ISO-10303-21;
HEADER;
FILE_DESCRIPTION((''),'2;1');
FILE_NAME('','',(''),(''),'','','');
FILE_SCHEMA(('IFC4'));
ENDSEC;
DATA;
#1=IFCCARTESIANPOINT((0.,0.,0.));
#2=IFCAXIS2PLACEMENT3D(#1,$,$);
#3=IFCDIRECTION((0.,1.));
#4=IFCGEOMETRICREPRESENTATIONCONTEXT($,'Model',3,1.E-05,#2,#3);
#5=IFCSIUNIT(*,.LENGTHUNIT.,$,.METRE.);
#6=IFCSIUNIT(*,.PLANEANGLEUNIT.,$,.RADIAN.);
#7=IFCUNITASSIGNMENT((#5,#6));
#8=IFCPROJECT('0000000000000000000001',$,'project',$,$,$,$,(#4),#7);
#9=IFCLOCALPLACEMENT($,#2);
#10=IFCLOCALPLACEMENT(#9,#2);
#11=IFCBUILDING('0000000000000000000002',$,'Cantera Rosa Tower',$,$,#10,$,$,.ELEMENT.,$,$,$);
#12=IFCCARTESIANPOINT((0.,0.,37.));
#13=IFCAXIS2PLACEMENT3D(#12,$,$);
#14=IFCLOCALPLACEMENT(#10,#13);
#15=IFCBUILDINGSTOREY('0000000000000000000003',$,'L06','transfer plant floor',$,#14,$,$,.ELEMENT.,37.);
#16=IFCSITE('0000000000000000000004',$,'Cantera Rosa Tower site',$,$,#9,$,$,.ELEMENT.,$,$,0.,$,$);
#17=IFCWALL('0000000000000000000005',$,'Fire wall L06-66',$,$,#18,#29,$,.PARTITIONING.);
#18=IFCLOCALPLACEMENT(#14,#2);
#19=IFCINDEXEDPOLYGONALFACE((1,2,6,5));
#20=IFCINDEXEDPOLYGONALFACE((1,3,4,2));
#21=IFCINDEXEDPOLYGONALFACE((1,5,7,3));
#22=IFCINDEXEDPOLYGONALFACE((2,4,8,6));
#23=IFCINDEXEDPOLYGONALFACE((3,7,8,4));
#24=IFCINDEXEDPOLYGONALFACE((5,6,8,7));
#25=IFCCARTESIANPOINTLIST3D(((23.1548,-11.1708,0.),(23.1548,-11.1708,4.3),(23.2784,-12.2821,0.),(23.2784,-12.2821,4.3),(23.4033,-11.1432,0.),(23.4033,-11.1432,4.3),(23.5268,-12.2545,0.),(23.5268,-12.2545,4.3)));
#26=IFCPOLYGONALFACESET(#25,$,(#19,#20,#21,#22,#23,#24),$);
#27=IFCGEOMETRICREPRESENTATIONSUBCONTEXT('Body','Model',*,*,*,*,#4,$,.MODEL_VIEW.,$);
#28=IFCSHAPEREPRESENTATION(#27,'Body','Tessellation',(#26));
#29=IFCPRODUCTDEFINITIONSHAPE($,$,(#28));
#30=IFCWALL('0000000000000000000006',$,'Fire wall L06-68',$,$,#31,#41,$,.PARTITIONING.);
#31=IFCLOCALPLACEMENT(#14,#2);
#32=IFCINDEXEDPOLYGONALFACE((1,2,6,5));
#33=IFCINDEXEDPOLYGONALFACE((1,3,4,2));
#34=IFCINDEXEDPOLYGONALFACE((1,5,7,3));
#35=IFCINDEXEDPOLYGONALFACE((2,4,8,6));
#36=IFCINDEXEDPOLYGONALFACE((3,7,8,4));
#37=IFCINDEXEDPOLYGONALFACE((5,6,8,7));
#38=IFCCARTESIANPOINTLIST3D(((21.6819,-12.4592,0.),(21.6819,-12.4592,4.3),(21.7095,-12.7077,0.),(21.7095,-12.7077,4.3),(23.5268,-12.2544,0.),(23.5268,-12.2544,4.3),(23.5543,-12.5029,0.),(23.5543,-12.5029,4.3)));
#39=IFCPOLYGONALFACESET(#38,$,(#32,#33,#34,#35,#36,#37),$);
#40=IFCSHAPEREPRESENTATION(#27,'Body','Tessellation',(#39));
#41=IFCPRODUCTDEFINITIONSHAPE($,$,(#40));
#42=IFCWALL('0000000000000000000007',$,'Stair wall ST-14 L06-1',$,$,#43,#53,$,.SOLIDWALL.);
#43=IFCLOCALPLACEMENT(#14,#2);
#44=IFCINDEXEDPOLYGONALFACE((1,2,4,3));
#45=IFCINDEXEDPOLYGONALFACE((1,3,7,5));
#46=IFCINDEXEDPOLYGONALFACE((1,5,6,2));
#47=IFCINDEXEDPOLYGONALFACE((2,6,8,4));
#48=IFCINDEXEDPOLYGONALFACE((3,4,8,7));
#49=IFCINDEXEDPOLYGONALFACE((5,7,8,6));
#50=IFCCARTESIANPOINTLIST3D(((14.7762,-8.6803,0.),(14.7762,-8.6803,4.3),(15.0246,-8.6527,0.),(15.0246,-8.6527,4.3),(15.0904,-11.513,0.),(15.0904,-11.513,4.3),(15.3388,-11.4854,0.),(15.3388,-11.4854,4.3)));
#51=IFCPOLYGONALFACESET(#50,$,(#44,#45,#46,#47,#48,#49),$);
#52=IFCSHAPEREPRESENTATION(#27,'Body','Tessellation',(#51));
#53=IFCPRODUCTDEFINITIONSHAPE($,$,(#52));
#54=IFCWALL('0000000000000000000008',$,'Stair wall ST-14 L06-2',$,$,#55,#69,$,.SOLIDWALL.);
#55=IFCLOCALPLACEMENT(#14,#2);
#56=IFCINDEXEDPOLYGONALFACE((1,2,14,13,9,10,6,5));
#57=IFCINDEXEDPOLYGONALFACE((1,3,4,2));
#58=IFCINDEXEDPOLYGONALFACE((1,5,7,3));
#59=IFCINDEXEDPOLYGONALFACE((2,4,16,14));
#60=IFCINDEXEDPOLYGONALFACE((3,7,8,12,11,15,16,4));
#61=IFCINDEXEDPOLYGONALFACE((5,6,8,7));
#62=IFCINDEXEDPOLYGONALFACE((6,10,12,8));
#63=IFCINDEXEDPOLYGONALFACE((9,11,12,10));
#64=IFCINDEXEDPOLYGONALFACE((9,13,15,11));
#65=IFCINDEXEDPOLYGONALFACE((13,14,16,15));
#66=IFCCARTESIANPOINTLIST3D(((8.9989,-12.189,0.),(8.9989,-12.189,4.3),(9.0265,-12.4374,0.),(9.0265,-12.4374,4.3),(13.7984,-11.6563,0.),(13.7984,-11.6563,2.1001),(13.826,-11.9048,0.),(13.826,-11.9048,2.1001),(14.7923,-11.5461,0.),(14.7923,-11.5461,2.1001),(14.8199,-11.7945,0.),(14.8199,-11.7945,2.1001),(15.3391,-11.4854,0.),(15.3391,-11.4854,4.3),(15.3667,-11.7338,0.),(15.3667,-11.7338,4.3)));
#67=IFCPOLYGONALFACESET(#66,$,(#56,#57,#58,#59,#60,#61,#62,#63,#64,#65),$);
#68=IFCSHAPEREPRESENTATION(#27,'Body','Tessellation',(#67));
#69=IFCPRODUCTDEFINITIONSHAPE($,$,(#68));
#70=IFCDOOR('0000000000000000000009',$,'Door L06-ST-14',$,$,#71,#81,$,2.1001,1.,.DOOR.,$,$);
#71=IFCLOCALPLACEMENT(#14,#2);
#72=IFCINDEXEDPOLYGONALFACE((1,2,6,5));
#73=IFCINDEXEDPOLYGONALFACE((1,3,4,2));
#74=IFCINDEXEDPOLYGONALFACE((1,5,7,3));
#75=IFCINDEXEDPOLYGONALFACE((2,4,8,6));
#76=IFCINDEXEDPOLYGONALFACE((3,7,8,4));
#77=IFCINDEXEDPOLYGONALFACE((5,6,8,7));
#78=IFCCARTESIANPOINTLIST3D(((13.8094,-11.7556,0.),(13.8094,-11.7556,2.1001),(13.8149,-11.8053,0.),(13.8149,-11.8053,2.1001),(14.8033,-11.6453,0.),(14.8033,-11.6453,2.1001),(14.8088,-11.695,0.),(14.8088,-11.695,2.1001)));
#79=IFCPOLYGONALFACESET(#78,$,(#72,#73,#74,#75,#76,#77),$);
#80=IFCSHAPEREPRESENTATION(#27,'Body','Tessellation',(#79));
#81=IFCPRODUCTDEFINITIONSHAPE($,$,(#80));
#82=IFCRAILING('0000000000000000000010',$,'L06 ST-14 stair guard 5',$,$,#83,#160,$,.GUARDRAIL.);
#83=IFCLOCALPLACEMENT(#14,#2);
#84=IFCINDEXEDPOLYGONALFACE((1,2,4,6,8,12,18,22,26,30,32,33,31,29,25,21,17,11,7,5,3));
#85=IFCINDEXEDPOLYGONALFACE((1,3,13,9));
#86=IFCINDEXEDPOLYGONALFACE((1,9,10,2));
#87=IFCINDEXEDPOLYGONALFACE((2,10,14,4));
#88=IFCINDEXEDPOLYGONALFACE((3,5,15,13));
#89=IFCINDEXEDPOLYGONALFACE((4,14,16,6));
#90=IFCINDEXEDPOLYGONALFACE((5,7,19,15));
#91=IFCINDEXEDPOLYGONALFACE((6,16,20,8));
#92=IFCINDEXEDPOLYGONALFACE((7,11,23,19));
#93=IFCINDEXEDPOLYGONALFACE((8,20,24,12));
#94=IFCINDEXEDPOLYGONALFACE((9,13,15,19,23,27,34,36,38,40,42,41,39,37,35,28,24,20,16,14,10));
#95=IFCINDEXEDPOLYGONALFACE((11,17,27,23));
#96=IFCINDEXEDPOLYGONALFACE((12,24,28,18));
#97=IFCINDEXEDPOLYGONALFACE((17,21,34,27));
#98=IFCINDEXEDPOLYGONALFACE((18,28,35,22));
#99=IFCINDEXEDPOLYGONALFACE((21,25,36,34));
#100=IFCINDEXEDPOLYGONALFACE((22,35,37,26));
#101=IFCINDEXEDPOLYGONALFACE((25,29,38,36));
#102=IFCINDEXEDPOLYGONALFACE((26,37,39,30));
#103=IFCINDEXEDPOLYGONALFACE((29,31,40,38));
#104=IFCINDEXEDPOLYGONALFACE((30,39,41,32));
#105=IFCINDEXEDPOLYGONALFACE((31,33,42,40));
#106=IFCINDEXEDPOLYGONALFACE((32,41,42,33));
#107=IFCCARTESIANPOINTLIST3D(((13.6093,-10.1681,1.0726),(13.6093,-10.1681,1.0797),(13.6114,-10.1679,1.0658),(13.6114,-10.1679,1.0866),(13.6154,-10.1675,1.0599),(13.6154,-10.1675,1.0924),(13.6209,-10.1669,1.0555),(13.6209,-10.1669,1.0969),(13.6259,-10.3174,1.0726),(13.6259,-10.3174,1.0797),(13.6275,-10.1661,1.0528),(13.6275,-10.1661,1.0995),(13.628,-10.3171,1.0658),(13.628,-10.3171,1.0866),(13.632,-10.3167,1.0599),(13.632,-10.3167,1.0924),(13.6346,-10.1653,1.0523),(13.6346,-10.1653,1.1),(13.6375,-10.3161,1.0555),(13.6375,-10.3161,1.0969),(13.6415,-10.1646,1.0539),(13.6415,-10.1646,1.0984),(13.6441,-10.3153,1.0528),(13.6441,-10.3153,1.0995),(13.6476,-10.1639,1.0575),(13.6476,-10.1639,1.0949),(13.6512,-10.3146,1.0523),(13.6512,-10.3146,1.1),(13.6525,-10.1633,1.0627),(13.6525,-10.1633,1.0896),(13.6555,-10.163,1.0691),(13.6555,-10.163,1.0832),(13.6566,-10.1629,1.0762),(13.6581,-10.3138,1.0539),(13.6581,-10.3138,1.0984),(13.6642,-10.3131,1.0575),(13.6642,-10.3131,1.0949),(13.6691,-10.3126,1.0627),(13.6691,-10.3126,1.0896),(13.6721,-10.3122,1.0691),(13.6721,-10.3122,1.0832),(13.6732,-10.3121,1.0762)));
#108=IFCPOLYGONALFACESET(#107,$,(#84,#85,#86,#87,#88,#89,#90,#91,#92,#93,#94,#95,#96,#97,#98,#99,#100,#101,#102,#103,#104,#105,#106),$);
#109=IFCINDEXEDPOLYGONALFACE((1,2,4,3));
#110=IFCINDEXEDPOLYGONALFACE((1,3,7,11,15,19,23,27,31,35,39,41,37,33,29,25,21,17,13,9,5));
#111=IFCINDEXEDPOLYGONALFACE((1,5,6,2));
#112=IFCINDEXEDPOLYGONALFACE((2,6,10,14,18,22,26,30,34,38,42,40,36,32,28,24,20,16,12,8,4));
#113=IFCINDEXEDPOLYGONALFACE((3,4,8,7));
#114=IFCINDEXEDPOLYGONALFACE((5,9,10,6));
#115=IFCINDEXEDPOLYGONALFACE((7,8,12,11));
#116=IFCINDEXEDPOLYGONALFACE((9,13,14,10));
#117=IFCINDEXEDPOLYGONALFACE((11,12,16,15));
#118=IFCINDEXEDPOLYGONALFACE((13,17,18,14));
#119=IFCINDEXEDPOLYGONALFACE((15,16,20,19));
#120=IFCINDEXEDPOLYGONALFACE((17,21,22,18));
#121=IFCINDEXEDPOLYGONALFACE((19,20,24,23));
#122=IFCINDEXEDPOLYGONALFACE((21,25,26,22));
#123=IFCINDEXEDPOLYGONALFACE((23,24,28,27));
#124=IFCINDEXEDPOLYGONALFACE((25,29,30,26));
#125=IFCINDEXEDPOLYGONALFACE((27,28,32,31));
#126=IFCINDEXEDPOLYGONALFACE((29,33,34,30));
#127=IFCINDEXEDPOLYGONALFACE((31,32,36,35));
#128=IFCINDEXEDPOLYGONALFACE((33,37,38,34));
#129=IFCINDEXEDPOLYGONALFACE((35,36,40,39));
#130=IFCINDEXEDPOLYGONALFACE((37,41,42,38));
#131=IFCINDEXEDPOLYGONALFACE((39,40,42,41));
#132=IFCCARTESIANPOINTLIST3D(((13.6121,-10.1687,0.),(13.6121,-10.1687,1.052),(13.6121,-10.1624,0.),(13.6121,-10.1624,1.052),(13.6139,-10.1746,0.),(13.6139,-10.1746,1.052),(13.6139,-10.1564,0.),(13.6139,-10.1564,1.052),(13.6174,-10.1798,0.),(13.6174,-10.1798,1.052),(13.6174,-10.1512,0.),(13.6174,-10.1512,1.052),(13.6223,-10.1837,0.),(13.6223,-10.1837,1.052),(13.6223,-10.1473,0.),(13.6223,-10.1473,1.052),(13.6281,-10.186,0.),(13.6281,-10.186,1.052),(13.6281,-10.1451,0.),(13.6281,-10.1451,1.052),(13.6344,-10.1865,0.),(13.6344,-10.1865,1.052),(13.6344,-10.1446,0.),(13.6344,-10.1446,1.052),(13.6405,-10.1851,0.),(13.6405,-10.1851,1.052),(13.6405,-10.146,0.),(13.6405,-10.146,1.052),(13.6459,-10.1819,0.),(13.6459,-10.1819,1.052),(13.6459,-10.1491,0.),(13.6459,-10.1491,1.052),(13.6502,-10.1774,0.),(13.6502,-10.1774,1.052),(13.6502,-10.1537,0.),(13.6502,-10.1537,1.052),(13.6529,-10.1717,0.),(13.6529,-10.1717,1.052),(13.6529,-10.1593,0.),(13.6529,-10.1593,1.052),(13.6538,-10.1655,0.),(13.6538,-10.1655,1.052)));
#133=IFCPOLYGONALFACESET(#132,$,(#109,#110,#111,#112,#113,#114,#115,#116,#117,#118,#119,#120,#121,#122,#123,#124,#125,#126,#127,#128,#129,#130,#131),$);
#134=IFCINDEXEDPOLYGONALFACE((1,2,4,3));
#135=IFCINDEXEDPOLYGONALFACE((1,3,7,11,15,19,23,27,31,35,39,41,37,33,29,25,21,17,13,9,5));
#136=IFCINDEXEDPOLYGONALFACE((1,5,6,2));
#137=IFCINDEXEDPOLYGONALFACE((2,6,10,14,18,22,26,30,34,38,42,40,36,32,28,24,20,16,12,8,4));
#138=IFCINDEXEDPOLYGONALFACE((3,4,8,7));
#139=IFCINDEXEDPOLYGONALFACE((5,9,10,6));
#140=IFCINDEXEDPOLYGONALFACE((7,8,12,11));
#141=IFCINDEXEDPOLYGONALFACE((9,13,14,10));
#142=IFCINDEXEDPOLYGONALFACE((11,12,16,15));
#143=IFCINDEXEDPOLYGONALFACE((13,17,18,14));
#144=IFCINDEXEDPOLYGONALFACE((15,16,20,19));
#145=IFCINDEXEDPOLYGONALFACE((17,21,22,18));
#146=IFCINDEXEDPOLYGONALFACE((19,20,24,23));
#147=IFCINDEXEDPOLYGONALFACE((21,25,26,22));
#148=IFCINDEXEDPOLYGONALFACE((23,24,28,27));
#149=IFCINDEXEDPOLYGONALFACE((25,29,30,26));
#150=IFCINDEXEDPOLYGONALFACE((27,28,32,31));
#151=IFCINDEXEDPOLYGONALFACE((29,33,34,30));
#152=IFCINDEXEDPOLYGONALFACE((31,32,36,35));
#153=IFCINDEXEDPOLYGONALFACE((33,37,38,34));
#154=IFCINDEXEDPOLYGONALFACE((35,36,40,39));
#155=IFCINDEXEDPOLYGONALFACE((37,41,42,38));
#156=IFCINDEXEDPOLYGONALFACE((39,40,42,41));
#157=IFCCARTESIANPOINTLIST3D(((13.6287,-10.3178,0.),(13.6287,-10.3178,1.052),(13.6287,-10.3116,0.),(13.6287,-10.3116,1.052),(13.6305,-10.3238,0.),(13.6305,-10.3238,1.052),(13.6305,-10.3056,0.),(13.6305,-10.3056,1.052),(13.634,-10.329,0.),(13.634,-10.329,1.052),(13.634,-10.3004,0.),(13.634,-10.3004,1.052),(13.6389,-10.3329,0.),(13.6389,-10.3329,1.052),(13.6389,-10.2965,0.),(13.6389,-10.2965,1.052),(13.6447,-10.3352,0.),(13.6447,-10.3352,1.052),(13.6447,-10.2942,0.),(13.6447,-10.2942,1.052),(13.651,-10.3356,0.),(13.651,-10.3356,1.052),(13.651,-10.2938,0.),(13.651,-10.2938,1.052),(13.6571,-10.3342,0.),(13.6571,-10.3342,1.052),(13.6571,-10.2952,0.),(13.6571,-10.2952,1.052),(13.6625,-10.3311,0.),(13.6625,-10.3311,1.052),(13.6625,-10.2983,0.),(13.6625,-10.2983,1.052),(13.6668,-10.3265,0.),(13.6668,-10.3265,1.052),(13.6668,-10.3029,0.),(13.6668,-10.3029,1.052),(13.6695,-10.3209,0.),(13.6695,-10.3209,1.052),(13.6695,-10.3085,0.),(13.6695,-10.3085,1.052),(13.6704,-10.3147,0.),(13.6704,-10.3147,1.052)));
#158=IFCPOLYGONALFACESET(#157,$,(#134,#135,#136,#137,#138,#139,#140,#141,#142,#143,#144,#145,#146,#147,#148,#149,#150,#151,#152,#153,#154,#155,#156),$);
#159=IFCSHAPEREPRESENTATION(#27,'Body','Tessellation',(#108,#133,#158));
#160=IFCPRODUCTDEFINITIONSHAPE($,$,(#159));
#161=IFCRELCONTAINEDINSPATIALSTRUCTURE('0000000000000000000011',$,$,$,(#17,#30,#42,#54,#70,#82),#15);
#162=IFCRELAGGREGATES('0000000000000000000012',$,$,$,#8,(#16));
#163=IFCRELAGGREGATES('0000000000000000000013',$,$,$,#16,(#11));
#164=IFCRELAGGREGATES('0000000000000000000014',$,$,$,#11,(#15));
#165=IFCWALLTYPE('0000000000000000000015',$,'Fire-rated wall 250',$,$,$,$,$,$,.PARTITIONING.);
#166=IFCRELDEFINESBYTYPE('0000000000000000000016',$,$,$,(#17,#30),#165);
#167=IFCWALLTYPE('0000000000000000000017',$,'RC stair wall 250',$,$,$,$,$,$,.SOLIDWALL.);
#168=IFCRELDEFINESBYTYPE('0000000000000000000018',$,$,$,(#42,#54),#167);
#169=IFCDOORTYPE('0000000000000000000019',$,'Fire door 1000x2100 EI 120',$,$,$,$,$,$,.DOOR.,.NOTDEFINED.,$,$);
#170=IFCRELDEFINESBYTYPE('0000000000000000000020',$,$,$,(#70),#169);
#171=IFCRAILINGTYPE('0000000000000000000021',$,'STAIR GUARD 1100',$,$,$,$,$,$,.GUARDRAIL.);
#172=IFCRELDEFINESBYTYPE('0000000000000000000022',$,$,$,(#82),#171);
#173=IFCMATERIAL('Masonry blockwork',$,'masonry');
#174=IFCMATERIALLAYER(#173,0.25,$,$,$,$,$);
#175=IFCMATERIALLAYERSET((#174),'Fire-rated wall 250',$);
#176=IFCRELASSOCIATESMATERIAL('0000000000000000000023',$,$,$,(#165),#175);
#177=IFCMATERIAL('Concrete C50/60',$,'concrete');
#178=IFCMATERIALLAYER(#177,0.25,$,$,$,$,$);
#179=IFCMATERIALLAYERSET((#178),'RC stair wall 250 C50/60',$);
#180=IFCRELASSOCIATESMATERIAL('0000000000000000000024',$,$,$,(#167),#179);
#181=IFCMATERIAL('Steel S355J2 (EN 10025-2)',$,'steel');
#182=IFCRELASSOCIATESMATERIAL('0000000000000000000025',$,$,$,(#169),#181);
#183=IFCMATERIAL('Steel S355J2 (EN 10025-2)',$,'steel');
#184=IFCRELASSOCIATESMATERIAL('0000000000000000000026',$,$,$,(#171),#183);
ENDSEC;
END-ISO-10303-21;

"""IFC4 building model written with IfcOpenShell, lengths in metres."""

from ifc_helpers import new_model, si_unit, direction, frame, frame_2d, origin, origin_2d, place, context, subcontext, project, spatial, rectangle, circle, extrude, material, layer, layer_set, type_object, element, fill, save


model = new_model("IFC4")

# Units and contexts
model_context = context("Model", 3, precision=1e-05, world=origin(), true_north=direction((0.0, 1.0)))
body_context = subcontext(model_context, "Body", "Model", "MODEL_VIEW")
ifc_project = project(units=[si_unit("LENGTHUNIT", "METRE"), si_unit("PLANEANGLEUNIT", "RADIAN")], contexts=[model_context])

# Site, building, storey
site_placement = place(None, origin())
site = spatial("IfcSite", under=ifc_project, at=site_placement, Name="Cantera Rosa Tower site", CompositionType="ELEMENT", RefElevation=0.0)
building_placement = place(site_placement, origin())
building = spatial("IfcBuilding", under=site, at=building_placement, Name="Cantera Rosa Tower", CompositionType="ELEMENT")
storey_placement = place(building_placement, frame((0.0, 0.0, 37.0)))
storey = spatial("IfcBuildingStorey", under=building, at=storey_placement, Name="L06", Description="transfer plant floor", CompositionType="ELEMENT", Elevation=37.0)

# Shared definitions
ifc_material_1 = material(Name="Masonry blockwork", Category="masonry")
ifc_layer_1 = layer(ifc_material_1, 0.25)
ifc_layer_set_1 = layer_set([ifc_layer_1], Name="Fire-rated wall 250")
wall_type_1 = type_object("IfcWallType", Name="Fire-rated wall 250", PredefinedType="PARTITIONING", material=ifc_layer_set_1)

# Walls
wall_1_placement = place(storey_placement, frame((23.4026, -12.2683, 0.0), z_axis=(0.0, 0.0, 1.0), x_axis=(-0.110479, 0.993878, 0.0)))
element("IfcWall", 1, at=wall_1_placement, inside=storey, type_object=wall_type_1, Name="Fire wall L06-66", PredefinedType="PARTITIONING", context=body_context, shape_type="SweptSolid", body=[
    extrude(rectangle(XDim=1.1182, YDim=0.25, at=frame_2d((0.5591, 0.0))), origin(), (0.0, 0.0, 1.0), 4.3),
])
wall_2_placement = place(storey_placement, frame((21.6956, -12.5835, 0.0), z_axis=(0.0, 0.0, 1.0), x_axis=(0.993893, 0.110345, 0.0)))
element("IfcWall", 2, at=wall_2_placement, inside=storey, type_object=wall_type_1, Name="Fire wall L06-68", PredefinedType="PARTITIONING", context=body_context, shape_type="SweptSolid", body=[
    extrude(rectangle(XDim=1.8562, YDim=0.25, at=frame_2d((0.9282, 0.0))), origin(), (0.0, 0.0, 1.0), 4.3),
])
ifc_material_2 = material(Name="Concrete C50/60", Category="concrete")
ifc_layer_2 = layer(ifc_material_2, 0.25)
ifc_layer_set_2 = layer_set([ifc_layer_2], Name="RC stair wall 250 C50/60")
wall_type_2 = type_object("IfcWallType", Name="RC stair wall 250", PredefinedType="SOLIDWALL", material=ifc_layer_set_2)
wall_3_placement = place(storey_placement, frame((14.9004, -8.6665, 0.0), z_axis=(0.0, 0.0, 1.0), x_axis=(0.110243, -0.993905, 0.0)))
element("IfcWall", 3, at=wall_3_placement, inside=storey, type_object=wall_type_2, Name="Stair wall ST-14 L06-1", PredefinedType="SOLIDWALL", context=body_context, shape_type="SweptSolid", body=[
    extrude(rectangle(XDim=2.8501, YDim=0.25, at=frame_2d((1.425, 0.0))), origin(), (0.0, 0.0, 1.0), 4.3),
])

# Wall, opening, door
wall_4_placement = place(storey_placement, frame((15.3528, -11.6096, 0.0), z_axis=(0.0, 0.0, 1.0), x_axis=(-0.993899, -0.110297, 0.0)))
wall_4 = element("IfcWall", 4, at=wall_4_placement, inside=storey, type_object=wall_type_2, Name="Stair wall ST-14 L06-2", PredefinedType="SOLIDWALL", context=body_context, shape_type="SweptSolid", body=[
    extrude(rectangle(XDim=6.3792, YDim=0.25, at=frame_2d((3.1895, 0.0))), origin(), (0.0, 0.0, 1.0), 4.3),
])
opening_1_placement = place(wall_4_placement, frame((0.55, 0.0, 0.0)))
opening_1 = element("IfcOpeningElement", 5, at=opening_1_placement, cuts=wall_4, PredefinedType="OPENING", context=body_context, shape_type="SweptSolid", body=[
    extrude(rectangle(XDim=1.0, YDim=2.1001, at=frame_2d((0.5, 1.05))), frame((0.0, 0.135, 0.0), z_axis=(0.0, -1.0, 0.0), x_axis=(1.0, 0.0, 0.0)), (0.0, 0.0, 1.0), 0.27),
])
ifc_material_3 = material(Name="Steel S355J2 (EN 10025-2)", Category="steel")
door_type_1 = type_object("IfcDoorType", Name="Fire door 1000x2100 EI 120", OperationType="NOTDEFINED", PredefinedType="DOOR", material=ifc_material_3)
door_1_placement = place(opening_1_placement, origin())
door_1 = element("IfcDoor", 6, at=door_1_placement, inside=storey, type_object=door_type_1, Name="Door L06-ST-14", OverallHeight=2.1001, OverallWidth=1.0, PredefinedType="DOOR", context=body_context, shape_type="SweptSolid", body=[
    extrude(rectangle(XDim=1.0, YDim=2.1001, at=frame_2d((0.5, 1.05))), frame((0.0, 0.0249, 0.0), z_axis=(0.0, -1.0, 0.0), x_axis=(1.0, 0.0, 0.0)), (0.0, 0.0, 1.0), 0.05),
])
fill(opening_1, door_1)

# Railing
ifc_material_4 = material(Name="Steel S355J2 (EN 10025-2)", Category="steel")
railing_type = type_object("IfcRailingType", Name="STAIR GUARD 1100", PredefinedType="GUARDRAIL", material=ifc_material_4)
railing_placement = place(storey_placement, frame((13.6328, -10.1655, 0.0)))
element("IfcRailing", 7, at=railing_placement, inside=storey, type_object=railing_type, Name="L06 ST-14 stair guard 5", PredefinedType="GUARDRAIL", context=body_context, shape_type="SweptSolid", body=[
    extrude(circle(Radius=0.0239, at=origin_2d()), frame((0.0, 0.0, 1.0762), z_axis=(0.11061, -0.993864, 0.0), x_axis=(0.993864, 0.11061, 0.0)), (0.0, 0.0, 1.0), 0.1501),
    extrude(circle(Radius=0.021, at=origin_2d()), origin(), (0.0, 0.0, 1.0), 1.052),
    extrude(circle(Radius=0.021, at=origin_2d()), frame((0.0166, -0.1492, 0.0)), (0.0, 0.0, 1.0), 1.052),
])

save(model, "model.ifc")
